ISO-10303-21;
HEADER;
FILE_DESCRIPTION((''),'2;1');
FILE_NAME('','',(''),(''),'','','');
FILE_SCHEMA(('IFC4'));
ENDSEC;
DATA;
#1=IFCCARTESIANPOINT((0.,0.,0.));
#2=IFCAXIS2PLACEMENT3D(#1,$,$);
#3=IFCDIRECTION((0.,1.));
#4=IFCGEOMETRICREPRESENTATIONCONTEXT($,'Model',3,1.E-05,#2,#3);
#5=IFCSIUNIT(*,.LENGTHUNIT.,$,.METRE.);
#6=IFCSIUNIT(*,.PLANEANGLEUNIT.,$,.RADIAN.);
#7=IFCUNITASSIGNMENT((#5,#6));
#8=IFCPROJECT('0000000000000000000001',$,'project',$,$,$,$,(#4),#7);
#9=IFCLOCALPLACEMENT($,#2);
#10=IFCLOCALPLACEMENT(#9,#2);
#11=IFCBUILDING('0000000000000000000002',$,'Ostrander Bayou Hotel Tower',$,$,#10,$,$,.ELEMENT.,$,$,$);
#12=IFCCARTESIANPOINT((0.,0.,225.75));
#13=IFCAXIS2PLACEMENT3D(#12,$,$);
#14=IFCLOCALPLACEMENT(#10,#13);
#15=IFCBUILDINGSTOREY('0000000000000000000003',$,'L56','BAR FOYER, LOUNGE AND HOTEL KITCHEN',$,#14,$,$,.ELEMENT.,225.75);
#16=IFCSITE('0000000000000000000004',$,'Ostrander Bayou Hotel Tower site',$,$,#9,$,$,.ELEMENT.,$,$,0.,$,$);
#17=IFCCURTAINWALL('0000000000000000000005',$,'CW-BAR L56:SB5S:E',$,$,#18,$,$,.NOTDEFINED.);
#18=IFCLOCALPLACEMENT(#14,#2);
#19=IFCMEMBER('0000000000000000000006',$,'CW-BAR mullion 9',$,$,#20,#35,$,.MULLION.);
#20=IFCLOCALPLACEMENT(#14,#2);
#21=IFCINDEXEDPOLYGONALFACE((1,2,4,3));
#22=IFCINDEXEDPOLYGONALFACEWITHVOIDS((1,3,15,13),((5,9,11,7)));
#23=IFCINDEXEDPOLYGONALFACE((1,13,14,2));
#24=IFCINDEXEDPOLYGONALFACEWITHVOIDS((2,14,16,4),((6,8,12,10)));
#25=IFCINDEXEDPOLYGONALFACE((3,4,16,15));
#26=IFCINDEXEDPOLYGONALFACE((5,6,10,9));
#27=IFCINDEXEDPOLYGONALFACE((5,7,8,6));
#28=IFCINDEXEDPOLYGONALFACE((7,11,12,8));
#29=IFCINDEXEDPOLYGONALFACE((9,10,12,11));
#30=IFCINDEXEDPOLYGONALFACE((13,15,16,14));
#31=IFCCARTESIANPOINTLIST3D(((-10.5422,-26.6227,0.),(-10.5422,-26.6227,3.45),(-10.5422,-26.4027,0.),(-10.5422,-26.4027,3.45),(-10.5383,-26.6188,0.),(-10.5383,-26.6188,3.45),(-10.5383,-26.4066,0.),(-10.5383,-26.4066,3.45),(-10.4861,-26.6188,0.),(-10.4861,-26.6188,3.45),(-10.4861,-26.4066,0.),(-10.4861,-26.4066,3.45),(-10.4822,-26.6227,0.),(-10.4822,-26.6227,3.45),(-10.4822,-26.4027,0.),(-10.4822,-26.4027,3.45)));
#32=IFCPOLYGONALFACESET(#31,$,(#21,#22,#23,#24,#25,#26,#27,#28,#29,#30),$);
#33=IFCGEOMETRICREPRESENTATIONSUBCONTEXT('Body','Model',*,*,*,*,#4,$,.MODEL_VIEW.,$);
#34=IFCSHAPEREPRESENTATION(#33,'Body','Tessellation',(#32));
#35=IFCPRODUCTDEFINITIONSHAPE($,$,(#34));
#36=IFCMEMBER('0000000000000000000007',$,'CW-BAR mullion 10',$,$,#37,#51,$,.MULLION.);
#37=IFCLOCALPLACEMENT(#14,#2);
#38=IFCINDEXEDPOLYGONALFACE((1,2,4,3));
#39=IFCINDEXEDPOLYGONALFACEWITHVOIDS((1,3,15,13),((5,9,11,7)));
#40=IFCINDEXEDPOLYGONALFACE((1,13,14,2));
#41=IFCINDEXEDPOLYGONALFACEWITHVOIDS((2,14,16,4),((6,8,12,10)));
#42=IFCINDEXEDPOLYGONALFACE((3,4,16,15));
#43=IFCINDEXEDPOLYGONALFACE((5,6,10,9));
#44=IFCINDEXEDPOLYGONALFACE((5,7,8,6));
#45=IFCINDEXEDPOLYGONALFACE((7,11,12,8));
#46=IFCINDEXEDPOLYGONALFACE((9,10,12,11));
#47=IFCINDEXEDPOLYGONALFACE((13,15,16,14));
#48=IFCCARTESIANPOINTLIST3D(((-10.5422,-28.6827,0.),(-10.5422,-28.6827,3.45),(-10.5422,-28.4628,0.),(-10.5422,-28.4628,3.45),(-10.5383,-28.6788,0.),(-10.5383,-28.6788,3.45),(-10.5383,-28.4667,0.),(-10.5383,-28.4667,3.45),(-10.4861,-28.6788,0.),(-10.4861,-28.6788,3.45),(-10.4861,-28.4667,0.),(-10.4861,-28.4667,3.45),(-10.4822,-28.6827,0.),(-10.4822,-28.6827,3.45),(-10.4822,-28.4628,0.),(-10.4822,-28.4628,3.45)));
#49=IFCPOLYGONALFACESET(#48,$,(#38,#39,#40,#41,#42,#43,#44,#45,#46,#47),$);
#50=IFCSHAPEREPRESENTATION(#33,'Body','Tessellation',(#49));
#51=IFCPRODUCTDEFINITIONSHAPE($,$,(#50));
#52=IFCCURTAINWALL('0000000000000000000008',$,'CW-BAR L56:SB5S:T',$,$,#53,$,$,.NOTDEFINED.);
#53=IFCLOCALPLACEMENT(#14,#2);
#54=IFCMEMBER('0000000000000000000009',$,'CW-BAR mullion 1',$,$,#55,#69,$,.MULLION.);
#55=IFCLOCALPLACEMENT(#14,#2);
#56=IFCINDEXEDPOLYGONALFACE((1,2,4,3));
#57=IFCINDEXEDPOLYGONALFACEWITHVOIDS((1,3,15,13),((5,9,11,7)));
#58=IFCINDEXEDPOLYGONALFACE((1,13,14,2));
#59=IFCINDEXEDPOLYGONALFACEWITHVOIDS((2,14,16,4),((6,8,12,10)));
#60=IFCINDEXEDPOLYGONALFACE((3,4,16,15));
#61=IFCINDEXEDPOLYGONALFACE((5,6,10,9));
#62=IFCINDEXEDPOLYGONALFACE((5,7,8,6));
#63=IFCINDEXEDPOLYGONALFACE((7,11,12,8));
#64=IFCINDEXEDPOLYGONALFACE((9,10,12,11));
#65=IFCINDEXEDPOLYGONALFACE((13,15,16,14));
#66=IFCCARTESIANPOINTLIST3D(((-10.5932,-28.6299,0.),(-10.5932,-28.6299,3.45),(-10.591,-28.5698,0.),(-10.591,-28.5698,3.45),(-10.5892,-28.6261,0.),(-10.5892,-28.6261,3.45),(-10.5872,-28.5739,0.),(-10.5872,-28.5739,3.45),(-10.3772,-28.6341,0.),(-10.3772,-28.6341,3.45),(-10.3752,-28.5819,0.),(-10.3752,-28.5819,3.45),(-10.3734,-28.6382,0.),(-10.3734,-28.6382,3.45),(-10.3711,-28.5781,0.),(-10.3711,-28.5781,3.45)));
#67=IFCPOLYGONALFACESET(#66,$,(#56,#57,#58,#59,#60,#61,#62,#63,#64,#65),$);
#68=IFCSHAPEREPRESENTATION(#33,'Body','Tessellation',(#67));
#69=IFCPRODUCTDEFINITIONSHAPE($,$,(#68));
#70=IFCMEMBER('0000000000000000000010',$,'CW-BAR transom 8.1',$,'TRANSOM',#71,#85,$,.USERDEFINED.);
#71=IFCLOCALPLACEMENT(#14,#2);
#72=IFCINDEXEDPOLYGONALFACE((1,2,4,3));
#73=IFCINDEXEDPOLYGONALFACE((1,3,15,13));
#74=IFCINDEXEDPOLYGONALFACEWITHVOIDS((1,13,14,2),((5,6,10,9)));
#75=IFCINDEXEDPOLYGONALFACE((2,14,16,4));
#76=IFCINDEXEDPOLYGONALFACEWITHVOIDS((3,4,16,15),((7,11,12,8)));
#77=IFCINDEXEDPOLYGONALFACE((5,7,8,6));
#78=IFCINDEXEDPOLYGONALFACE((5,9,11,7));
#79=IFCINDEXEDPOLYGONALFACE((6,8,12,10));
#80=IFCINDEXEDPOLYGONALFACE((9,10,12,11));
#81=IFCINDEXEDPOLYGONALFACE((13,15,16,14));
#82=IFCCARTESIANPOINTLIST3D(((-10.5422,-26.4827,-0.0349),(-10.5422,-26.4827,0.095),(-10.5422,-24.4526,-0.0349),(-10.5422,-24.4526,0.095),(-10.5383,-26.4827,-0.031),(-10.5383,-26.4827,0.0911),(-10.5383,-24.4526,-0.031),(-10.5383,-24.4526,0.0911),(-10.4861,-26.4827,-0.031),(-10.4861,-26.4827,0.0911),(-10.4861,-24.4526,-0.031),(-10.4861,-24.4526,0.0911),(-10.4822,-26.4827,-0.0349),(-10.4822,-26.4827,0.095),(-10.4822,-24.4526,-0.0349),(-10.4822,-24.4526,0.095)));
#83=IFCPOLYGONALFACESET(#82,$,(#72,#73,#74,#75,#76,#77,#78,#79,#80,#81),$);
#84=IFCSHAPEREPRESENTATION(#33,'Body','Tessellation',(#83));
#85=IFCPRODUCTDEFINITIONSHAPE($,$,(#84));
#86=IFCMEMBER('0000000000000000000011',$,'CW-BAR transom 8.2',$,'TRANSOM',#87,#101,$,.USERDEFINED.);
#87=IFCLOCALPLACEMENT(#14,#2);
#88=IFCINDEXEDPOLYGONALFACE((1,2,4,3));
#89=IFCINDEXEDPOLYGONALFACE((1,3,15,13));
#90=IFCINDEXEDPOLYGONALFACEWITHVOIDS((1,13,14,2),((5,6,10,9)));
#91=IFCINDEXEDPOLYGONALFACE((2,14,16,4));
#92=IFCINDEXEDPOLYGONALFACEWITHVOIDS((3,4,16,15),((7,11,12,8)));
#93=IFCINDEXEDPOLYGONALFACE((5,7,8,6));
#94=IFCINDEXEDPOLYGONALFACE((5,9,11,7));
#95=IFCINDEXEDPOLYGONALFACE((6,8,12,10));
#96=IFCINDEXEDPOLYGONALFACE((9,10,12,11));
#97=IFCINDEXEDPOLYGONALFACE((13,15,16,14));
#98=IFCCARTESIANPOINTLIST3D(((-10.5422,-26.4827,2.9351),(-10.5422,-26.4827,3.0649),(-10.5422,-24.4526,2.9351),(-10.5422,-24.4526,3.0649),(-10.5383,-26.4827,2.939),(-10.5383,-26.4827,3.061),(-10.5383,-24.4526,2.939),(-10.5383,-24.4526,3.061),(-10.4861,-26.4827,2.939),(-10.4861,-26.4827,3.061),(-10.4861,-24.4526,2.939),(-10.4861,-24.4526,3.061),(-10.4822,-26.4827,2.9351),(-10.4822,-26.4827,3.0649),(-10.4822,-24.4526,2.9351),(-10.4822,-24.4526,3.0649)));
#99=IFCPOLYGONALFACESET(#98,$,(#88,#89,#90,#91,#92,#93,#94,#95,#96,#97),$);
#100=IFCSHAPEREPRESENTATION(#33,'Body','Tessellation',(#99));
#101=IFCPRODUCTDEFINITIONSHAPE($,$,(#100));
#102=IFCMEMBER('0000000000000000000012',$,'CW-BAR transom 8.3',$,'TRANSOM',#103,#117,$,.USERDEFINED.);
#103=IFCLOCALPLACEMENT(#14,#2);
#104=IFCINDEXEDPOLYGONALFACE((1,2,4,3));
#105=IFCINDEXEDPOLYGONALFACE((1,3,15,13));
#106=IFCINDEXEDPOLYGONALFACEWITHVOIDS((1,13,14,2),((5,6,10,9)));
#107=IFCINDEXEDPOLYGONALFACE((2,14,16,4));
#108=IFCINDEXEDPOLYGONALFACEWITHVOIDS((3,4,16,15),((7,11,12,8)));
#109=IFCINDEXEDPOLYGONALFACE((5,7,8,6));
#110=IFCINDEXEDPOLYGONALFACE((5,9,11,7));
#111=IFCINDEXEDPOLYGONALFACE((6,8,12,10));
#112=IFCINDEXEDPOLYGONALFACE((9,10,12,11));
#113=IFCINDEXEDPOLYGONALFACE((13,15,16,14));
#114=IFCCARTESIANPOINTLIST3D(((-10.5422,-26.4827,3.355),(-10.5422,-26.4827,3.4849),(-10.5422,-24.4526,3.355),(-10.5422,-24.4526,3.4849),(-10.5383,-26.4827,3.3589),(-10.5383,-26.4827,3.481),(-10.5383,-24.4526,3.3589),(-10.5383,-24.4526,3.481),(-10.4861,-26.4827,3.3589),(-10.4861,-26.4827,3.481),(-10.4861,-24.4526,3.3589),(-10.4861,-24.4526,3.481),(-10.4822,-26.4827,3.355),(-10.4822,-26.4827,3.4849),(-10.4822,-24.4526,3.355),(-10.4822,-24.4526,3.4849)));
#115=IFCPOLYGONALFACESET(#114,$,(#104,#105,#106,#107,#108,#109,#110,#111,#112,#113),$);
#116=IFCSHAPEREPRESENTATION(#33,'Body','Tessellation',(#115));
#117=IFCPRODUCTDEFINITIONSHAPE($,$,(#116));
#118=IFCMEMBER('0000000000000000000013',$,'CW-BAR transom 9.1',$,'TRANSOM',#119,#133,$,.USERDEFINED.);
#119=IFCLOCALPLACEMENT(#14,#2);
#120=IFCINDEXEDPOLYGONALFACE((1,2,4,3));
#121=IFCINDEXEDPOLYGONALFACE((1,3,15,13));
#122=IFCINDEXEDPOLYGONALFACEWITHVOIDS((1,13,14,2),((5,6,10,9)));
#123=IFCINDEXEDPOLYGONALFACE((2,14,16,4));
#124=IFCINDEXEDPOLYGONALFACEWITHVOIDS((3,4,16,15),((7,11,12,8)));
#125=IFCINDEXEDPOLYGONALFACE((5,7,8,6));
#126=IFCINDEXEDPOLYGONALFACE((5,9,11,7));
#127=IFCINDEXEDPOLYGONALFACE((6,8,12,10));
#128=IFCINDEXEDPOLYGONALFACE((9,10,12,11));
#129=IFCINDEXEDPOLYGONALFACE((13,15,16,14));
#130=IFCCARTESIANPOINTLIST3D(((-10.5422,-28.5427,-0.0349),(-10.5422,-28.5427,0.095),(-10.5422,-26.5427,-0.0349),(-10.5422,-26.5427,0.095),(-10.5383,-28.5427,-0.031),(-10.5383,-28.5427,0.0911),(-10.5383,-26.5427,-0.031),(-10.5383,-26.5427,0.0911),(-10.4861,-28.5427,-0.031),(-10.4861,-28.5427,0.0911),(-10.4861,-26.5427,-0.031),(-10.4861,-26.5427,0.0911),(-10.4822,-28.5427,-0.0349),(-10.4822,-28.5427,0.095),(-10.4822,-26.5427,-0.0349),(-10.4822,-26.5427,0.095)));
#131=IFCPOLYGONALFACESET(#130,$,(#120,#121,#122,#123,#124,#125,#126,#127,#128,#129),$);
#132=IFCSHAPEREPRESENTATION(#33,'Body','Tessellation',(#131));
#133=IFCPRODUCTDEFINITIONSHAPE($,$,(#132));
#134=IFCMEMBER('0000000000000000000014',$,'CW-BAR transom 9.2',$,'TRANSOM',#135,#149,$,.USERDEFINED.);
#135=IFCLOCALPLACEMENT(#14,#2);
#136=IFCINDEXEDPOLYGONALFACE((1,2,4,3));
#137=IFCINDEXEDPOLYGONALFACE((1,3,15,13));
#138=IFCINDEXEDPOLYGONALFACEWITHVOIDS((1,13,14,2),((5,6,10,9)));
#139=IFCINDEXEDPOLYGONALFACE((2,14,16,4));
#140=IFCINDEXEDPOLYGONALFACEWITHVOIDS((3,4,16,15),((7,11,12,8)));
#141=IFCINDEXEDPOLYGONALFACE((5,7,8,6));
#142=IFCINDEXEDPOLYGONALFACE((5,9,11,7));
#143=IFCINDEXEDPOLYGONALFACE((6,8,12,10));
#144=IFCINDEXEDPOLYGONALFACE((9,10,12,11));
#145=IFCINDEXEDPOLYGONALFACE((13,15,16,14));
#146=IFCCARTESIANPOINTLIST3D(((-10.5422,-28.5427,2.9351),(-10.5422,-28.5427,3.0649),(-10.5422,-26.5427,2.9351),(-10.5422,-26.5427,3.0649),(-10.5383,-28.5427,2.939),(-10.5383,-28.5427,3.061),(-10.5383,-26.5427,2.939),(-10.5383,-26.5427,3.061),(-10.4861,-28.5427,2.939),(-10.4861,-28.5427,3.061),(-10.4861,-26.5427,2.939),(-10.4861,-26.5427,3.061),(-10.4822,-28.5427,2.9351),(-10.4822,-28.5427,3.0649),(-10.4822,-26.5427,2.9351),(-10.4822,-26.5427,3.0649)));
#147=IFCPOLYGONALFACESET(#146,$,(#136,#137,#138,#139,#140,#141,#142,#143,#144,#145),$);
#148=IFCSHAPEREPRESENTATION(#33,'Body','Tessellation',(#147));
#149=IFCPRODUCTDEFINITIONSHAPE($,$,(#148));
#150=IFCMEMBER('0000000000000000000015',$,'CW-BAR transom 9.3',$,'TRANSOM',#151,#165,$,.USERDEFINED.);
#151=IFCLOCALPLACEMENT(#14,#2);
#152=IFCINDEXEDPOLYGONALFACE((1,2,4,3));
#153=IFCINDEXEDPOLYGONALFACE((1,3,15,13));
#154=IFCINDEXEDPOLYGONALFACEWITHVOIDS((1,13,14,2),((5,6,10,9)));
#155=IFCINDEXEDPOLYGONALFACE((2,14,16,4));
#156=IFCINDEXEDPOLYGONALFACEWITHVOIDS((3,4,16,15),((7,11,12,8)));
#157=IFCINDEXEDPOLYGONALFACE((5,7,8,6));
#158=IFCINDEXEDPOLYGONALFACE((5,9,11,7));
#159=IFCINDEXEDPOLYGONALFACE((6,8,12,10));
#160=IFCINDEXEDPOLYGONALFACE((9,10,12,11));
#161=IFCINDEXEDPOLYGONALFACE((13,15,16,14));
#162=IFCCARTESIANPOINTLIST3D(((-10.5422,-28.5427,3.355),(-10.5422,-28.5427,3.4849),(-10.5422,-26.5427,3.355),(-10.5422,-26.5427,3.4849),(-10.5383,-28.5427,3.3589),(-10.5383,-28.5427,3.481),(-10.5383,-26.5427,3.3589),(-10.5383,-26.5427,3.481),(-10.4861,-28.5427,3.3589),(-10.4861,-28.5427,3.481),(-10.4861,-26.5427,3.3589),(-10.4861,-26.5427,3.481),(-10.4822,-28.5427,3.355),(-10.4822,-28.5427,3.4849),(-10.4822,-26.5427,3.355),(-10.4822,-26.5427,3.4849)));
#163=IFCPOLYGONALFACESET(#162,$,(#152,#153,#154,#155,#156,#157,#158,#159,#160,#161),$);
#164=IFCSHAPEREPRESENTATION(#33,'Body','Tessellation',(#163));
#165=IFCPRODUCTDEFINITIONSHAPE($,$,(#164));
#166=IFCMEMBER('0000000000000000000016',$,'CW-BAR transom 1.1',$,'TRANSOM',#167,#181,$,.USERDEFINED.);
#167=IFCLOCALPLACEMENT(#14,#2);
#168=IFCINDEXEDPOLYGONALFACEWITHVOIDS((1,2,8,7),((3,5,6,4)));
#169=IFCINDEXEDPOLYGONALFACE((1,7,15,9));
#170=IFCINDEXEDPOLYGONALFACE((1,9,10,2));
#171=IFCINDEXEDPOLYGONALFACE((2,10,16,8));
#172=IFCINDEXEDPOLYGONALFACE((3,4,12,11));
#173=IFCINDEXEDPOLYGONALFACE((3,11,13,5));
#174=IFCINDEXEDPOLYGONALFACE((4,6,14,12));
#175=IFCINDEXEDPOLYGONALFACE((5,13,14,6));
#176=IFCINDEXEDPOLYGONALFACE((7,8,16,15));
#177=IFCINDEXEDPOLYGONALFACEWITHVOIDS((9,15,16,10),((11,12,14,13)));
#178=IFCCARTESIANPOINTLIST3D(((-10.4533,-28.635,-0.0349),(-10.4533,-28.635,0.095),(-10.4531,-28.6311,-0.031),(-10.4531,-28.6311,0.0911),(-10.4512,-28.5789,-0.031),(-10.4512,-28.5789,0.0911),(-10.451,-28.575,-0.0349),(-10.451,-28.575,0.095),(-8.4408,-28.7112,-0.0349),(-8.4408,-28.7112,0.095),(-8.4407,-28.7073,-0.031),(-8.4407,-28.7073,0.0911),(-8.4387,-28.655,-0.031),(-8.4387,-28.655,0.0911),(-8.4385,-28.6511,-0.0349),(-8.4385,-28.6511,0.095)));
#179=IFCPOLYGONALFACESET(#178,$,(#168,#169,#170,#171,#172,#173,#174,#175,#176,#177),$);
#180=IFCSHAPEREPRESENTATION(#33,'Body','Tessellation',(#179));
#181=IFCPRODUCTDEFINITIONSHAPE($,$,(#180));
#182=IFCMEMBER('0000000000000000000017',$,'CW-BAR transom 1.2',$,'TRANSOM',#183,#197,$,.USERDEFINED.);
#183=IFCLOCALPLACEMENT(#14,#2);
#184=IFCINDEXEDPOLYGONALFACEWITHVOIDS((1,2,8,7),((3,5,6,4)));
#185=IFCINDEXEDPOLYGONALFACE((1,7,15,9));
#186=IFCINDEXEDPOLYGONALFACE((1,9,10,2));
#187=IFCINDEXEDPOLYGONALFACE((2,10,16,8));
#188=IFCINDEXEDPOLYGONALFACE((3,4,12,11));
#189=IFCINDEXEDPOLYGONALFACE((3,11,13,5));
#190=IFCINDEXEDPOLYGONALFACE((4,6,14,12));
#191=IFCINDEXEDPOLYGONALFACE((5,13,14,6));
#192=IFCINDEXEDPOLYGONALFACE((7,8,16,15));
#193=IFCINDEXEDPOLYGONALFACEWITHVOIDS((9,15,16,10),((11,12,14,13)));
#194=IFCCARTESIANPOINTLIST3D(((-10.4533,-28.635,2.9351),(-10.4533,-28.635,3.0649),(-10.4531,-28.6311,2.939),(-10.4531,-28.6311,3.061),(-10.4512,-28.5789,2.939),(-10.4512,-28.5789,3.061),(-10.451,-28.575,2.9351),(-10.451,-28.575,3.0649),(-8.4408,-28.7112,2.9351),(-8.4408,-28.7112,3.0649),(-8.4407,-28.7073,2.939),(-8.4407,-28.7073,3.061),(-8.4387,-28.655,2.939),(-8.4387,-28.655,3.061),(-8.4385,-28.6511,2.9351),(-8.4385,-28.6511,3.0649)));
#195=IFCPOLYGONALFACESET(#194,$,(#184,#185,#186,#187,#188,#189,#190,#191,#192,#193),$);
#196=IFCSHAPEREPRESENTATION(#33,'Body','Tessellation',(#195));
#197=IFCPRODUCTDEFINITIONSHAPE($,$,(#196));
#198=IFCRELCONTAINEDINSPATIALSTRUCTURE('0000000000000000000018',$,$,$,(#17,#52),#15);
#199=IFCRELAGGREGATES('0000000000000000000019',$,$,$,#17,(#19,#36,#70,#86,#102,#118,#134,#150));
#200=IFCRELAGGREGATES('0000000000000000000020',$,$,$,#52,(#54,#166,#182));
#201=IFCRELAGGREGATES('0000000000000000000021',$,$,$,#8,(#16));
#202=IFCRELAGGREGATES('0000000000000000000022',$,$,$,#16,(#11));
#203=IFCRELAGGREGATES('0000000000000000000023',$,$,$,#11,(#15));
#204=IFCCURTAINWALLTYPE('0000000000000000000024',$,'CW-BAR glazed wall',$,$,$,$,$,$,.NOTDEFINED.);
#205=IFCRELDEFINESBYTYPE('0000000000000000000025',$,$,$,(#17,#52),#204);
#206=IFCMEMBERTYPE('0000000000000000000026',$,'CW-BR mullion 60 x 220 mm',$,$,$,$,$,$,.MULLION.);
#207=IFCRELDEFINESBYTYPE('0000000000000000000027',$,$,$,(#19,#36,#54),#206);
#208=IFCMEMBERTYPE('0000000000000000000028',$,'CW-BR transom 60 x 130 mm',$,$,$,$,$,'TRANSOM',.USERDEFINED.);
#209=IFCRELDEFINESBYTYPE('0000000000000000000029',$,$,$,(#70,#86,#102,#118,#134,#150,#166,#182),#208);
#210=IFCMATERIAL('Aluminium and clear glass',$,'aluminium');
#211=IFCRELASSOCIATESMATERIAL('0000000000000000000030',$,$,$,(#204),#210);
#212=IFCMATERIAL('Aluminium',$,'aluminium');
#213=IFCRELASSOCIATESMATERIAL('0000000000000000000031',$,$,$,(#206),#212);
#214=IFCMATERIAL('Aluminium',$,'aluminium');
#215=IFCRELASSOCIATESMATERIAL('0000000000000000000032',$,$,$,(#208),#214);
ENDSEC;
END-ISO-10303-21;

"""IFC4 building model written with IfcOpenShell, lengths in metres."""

from ifc_helpers import new_model, si_unit, direction, frame, origin, origin_2d, place, context, subcontext, project, spatial, hollow_rectangle, extrude, material, material_profile, profile_set, type_object, element, aggregate, save


model = new_model("IFC4")

# Units and contexts
model_context = context("Model", 3, precision=1e-05, world=origin(), true_north=direction((0.0, 1.0)))
body_context = subcontext(model_context, "Body", "Model", "MODEL_VIEW")
ifc_project = project(units=[si_unit("LENGTHUNIT", "METRE"), si_unit("PLANEANGLEUNIT", "RADIAN")], contexts=[model_context])

# Site, building, storey
site_placement = place(None, origin())
site = spatial("IfcSite", under=ifc_project, at=site_placement, Name="Ostrander Bayou Hotel Tower site", CompositionType="ELEMENT", RefElevation=0.0)
building_placement = place(site_placement, origin())
building = spatial("IfcBuilding", under=site, at=building_placement, Name="Ostrander Bayou Hotel Tower", CompositionType="ELEMENT")
storey_placement = place(building_placement, frame((0.0, 0.0, 225.75)))
storey = spatial("IfcBuildingStorey", under=building, at=storey_placement, Name="L56", Description="BAR FOYER, LOUNGE AND HOTEL KITCHEN", CompositionType="ELEMENT", Elevation=225.75)

# Curtain wall, members
ifc_material_1 = material(Name="Aluminium and clear glass", Category="aluminium")
curtain_wall_type = type_object("IfcCurtainWallType", Name="CW-BAR glazed wall", PredefinedType="NOTDEFINED", material=ifc_material_1)
curtain_wall_1_placement = place(storey_placement, origin())
curtain_wall_1 = element("IfcCurtainWall", 1, at=curtain_wall_1_placement, inside=storey, type_object=curtain_wall_type, Name="CW-BAR L56:SB5S:E", PredefinedType="NOTDEFINED")
ifc_material_2 = material(Name="Aluminium", Category="aluminium")
ifc_material_profile_1 = material_profile(ifc_material_2, hollow_rectangle(XDim=0.0601, YDim=0.22, WallThickness=0.0039, at=origin_2d()))
ifc_profile_set_1 = profile_set([ifc_material_profile_1], Name="Aluminium")
member_type_1 = type_object("IfcMemberType", Name="CW-BR mullion 60 x 220 mm", PredefinedType="MULLION", material=ifc_profile_set_1)
member_1_placement = place(storey_placement, frame((-10.5122, -26.5127, 0.0), z_axis=(0.0, 0.0, 1.0), x_axis=(1.0, 0.0, 0.0)))
member_1 = element("IfcMember", 2, at=member_1_placement, type_object=member_type_1, Name="CW-BAR mullion 9", PredefinedType="MULLION", context=body_context, shape_type="SweptSolid", body=[
    extrude(hollow_rectangle(XDim=0.0601, YDim=0.22, WallThickness=0.0039, at=origin_2d()), origin(), (0.0, 0.0, 1.0), 3.45),
])
member_2_placement = place(storey_placement, frame((-10.5122, -28.5728, 0.0), z_axis=(0.0, 0.0, 1.0), x_axis=(1.0, 0.0, 0.0)))
member_2 = element("IfcMember", 3, at=member_2_placement, type_object=member_type_1, Name="CW-BAR mullion 10", PredefinedType="MULLION", context=body_context, shape_type="SweptSolid", body=[
    extrude(hollow_rectangle(XDim=0.0601, YDim=0.22, WallThickness=0.0039, at=origin_2d()), origin(), (0.0, 0.0, 1.0), 3.45),
])

# Curtain wall, member
curtain_wall_2_placement = place(storey_placement, origin())
curtain_wall_2 = element("IfcCurtainWall", 4, at=curtain_wall_2_placement, inside=storey, type_object=curtain_wall_type, Name="CW-BAR L56:SB5S:T", PredefinedType="NOTDEFINED")
member_3_placement = place(storey_placement, frame((-10.4822, -28.604, 0.0), z_axis=(0.0, 0.0, 1.0), x_axis=(0.037758, 0.999287, 0.0)))
member_3 = element("IfcMember", 5, at=member_3_placement, type_object=member_type_1, Name="CW-BAR mullion 1", PredefinedType="MULLION", context=body_context, shape_type="SweptSolid", body=[
    extrude(hollow_rectangle(XDim=0.0601, YDim=0.22, WallThickness=0.0039, at=origin_2d()), origin(), (0.0, 0.0, 1.0), 3.45),
])

# Members
ifc_material_3 = material(Name="Aluminium", Category="aluminium")
ifc_material_profile_2 = material_profile(ifc_material_3, hollow_rectangle(XDim=0.0601, YDim=0.1299, WallThickness=0.0039, at=origin_2d()))
ifc_profile_set_2 = profile_set([ifc_material_profile_2], Name="Aluminium")
member_type_2 = type_object("IfcMemberType", Name="CW-BR transom 60 x 130 mm", ElementType="TRANSOM", PredefinedType="USERDEFINED", material=ifc_profile_set_2)
member_4_placement = place(storey_placement, frame((-10.5122, -24.4526, 0.03), z_axis=(0.0, -1.0, 0.0), x_axis=(1.0, 0.0, 0.0)))
member_4 = element("IfcMember", 6, at=member_4_placement, type_object=member_type_2, Name="CW-BAR transom 8.1", ObjectType="TRANSOM", PredefinedType="USERDEFINED", context=body_context, shape_type="SweptSolid", body=[
    extrude(hollow_rectangle(XDim=0.0601, YDim=0.1299, WallThickness=0.0039, at=origin_2d()), origin(), (0.0, 0.0, 1.0), 2.03),
])
member_5_placement = place(storey_placement, frame((-10.5122, -24.4526, 3.0), z_axis=(0.0, -1.0, 0.0), x_axis=(1.0, 0.0, 0.0)))
member_5 = element("IfcMember", 7, at=member_5_placement, type_object=member_type_2, Name="CW-BAR transom 8.2", ObjectType="TRANSOM", PredefinedType="USERDEFINED", context=body_context, shape_type="SweptSolid", body=[
    extrude(hollow_rectangle(XDim=0.0601, YDim=0.1299, WallThickness=0.0039, at=origin_2d()), origin(), (0.0, 0.0, 1.0), 2.03),
])
member_6_placement = place(storey_placement, frame((-10.5122, -24.4526, 3.4199), z_axis=(0.0, -1.0, 0.0), x_axis=(1.0, 0.0, 0.0)))
member_6 = element("IfcMember", 8, at=member_6_placement, type_object=member_type_2, Name="CW-BAR transom 8.3", ObjectType="TRANSOM", PredefinedType="USERDEFINED", context=body_context, shape_type="SweptSolid", body=[
    extrude(hollow_rectangle(XDim=0.0601, YDim=0.1299, WallThickness=0.0039, at=origin_2d()), origin(), (0.0, 0.0, 1.0), 2.03),
])
member_7_placement = place(storey_placement, frame((-10.5122, -26.5427, 0.03), z_axis=(0.0, -1.0, 0.0), x_axis=(1.0, 0.0, 0.0)))
member_7 = element("IfcMember", 9, at=member_7_placement, type_object=member_type_2, Name="CW-BAR transom 9.1", ObjectType="TRANSOM", PredefinedType="USERDEFINED", context=body_context, shape_type="SweptSolid", body=[
    extrude(hollow_rectangle(XDim=0.0601, YDim=0.1299, WallThickness=0.0039, at=origin_2d()), origin(), (0.0, 0.0, 1.0), 2.0),
])
member_8_placement = place(storey_placement, frame((-10.5122, -26.5427, 3.0), z_axis=(0.0, -1.0, 0.0), x_axis=(1.0, 0.0, 0.0)))
member_8 = element("IfcMember", 10, at=member_8_placement, type_object=member_type_2, Name="CW-BAR transom 9.2", ObjectType="TRANSOM", PredefinedType="USERDEFINED", context=body_context, shape_type="SweptSolid", body=[
    extrude(hollow_rectangle(XDim=0.0601, YDim=0.1299, WallThickness=0.0039, at=origin_2d()), origin(), (0.0, 0.0, 1.0), 2.0),
])
member_9_placement = place(storey_placement, frame((-10.5122, -26.5427, 3.4199), z_axis=(0.0, -1.0, 0.0), x_axis=(1.0, 0.0, 0.0)))
member_9 = element("IfcMember", 11, at=member_9_placement, type_object=member_type_2, Name="CW-BAR transom 9.3", ObjectType="TRANSOM", PredefinedType="USERDEFINED", context=body_context, shape_type="SweptSolid", body=[
    extrude(hollow_rectangle(XDim=0.0601, YDim=0.1299, WallThickness=0.0039, at=origin_2d()), origin(), (0.0, 0.0, 1.0), 2.0),
])
member_10_placement = place(storey_placement, frame((-10.4521, -28.605, 0.03), z_axis=(0.999284, -0.037823, 0.0), x_axis=(0.037823, 0.999284, 0.0)))
member_10 = element("IfcMember", 12, at=member_10_placement, type_object=member_type_2, Name="CW-BAR transom 1.1", ObjectType="TRANSOM", PredefinedType="USERDEFINED", context=body_context, shape_type="SweptSolid", body=[
    extrude(hollow_rectangle(XDim=0.0601, YDim=0.1299, WallThickness=0.0039, at=origin_2d()), origin(), (0.0, 0.0, 1.0), 2.0139),
])
member_11_placement = place(storey_placement, frame((-10.4521, -28.605, 3.0), z_axis=(0.999284, -0.037823, 0.0), x_axis=(0.037823, 0.999284, 0.0)))
member_11 = element("IfcMember", 13, at=member_11_placement, type_object=member_type_2, Name="CW-BAR transom 1.2", ObjectType="TRANSOM", PredefinedType="USERDEFINED", context=body_context, shape_type="SweptSolid", body=[
    extrude(hollow_rectangle(XDim=0.0601, YDim=0.1299, WallThickness=0.0039, at=origin_2d()), origin(), (0.0, 0.0, 1.0), 2.0139),
])

aggregate(curtain_wall_1, [member_1, member_2, member_4, member_5, member_6, member_7, member_8, member_9])
aggregate(curtain_wall_2, [member_3, member_10, member_11])

save(model, "model.ifc")
